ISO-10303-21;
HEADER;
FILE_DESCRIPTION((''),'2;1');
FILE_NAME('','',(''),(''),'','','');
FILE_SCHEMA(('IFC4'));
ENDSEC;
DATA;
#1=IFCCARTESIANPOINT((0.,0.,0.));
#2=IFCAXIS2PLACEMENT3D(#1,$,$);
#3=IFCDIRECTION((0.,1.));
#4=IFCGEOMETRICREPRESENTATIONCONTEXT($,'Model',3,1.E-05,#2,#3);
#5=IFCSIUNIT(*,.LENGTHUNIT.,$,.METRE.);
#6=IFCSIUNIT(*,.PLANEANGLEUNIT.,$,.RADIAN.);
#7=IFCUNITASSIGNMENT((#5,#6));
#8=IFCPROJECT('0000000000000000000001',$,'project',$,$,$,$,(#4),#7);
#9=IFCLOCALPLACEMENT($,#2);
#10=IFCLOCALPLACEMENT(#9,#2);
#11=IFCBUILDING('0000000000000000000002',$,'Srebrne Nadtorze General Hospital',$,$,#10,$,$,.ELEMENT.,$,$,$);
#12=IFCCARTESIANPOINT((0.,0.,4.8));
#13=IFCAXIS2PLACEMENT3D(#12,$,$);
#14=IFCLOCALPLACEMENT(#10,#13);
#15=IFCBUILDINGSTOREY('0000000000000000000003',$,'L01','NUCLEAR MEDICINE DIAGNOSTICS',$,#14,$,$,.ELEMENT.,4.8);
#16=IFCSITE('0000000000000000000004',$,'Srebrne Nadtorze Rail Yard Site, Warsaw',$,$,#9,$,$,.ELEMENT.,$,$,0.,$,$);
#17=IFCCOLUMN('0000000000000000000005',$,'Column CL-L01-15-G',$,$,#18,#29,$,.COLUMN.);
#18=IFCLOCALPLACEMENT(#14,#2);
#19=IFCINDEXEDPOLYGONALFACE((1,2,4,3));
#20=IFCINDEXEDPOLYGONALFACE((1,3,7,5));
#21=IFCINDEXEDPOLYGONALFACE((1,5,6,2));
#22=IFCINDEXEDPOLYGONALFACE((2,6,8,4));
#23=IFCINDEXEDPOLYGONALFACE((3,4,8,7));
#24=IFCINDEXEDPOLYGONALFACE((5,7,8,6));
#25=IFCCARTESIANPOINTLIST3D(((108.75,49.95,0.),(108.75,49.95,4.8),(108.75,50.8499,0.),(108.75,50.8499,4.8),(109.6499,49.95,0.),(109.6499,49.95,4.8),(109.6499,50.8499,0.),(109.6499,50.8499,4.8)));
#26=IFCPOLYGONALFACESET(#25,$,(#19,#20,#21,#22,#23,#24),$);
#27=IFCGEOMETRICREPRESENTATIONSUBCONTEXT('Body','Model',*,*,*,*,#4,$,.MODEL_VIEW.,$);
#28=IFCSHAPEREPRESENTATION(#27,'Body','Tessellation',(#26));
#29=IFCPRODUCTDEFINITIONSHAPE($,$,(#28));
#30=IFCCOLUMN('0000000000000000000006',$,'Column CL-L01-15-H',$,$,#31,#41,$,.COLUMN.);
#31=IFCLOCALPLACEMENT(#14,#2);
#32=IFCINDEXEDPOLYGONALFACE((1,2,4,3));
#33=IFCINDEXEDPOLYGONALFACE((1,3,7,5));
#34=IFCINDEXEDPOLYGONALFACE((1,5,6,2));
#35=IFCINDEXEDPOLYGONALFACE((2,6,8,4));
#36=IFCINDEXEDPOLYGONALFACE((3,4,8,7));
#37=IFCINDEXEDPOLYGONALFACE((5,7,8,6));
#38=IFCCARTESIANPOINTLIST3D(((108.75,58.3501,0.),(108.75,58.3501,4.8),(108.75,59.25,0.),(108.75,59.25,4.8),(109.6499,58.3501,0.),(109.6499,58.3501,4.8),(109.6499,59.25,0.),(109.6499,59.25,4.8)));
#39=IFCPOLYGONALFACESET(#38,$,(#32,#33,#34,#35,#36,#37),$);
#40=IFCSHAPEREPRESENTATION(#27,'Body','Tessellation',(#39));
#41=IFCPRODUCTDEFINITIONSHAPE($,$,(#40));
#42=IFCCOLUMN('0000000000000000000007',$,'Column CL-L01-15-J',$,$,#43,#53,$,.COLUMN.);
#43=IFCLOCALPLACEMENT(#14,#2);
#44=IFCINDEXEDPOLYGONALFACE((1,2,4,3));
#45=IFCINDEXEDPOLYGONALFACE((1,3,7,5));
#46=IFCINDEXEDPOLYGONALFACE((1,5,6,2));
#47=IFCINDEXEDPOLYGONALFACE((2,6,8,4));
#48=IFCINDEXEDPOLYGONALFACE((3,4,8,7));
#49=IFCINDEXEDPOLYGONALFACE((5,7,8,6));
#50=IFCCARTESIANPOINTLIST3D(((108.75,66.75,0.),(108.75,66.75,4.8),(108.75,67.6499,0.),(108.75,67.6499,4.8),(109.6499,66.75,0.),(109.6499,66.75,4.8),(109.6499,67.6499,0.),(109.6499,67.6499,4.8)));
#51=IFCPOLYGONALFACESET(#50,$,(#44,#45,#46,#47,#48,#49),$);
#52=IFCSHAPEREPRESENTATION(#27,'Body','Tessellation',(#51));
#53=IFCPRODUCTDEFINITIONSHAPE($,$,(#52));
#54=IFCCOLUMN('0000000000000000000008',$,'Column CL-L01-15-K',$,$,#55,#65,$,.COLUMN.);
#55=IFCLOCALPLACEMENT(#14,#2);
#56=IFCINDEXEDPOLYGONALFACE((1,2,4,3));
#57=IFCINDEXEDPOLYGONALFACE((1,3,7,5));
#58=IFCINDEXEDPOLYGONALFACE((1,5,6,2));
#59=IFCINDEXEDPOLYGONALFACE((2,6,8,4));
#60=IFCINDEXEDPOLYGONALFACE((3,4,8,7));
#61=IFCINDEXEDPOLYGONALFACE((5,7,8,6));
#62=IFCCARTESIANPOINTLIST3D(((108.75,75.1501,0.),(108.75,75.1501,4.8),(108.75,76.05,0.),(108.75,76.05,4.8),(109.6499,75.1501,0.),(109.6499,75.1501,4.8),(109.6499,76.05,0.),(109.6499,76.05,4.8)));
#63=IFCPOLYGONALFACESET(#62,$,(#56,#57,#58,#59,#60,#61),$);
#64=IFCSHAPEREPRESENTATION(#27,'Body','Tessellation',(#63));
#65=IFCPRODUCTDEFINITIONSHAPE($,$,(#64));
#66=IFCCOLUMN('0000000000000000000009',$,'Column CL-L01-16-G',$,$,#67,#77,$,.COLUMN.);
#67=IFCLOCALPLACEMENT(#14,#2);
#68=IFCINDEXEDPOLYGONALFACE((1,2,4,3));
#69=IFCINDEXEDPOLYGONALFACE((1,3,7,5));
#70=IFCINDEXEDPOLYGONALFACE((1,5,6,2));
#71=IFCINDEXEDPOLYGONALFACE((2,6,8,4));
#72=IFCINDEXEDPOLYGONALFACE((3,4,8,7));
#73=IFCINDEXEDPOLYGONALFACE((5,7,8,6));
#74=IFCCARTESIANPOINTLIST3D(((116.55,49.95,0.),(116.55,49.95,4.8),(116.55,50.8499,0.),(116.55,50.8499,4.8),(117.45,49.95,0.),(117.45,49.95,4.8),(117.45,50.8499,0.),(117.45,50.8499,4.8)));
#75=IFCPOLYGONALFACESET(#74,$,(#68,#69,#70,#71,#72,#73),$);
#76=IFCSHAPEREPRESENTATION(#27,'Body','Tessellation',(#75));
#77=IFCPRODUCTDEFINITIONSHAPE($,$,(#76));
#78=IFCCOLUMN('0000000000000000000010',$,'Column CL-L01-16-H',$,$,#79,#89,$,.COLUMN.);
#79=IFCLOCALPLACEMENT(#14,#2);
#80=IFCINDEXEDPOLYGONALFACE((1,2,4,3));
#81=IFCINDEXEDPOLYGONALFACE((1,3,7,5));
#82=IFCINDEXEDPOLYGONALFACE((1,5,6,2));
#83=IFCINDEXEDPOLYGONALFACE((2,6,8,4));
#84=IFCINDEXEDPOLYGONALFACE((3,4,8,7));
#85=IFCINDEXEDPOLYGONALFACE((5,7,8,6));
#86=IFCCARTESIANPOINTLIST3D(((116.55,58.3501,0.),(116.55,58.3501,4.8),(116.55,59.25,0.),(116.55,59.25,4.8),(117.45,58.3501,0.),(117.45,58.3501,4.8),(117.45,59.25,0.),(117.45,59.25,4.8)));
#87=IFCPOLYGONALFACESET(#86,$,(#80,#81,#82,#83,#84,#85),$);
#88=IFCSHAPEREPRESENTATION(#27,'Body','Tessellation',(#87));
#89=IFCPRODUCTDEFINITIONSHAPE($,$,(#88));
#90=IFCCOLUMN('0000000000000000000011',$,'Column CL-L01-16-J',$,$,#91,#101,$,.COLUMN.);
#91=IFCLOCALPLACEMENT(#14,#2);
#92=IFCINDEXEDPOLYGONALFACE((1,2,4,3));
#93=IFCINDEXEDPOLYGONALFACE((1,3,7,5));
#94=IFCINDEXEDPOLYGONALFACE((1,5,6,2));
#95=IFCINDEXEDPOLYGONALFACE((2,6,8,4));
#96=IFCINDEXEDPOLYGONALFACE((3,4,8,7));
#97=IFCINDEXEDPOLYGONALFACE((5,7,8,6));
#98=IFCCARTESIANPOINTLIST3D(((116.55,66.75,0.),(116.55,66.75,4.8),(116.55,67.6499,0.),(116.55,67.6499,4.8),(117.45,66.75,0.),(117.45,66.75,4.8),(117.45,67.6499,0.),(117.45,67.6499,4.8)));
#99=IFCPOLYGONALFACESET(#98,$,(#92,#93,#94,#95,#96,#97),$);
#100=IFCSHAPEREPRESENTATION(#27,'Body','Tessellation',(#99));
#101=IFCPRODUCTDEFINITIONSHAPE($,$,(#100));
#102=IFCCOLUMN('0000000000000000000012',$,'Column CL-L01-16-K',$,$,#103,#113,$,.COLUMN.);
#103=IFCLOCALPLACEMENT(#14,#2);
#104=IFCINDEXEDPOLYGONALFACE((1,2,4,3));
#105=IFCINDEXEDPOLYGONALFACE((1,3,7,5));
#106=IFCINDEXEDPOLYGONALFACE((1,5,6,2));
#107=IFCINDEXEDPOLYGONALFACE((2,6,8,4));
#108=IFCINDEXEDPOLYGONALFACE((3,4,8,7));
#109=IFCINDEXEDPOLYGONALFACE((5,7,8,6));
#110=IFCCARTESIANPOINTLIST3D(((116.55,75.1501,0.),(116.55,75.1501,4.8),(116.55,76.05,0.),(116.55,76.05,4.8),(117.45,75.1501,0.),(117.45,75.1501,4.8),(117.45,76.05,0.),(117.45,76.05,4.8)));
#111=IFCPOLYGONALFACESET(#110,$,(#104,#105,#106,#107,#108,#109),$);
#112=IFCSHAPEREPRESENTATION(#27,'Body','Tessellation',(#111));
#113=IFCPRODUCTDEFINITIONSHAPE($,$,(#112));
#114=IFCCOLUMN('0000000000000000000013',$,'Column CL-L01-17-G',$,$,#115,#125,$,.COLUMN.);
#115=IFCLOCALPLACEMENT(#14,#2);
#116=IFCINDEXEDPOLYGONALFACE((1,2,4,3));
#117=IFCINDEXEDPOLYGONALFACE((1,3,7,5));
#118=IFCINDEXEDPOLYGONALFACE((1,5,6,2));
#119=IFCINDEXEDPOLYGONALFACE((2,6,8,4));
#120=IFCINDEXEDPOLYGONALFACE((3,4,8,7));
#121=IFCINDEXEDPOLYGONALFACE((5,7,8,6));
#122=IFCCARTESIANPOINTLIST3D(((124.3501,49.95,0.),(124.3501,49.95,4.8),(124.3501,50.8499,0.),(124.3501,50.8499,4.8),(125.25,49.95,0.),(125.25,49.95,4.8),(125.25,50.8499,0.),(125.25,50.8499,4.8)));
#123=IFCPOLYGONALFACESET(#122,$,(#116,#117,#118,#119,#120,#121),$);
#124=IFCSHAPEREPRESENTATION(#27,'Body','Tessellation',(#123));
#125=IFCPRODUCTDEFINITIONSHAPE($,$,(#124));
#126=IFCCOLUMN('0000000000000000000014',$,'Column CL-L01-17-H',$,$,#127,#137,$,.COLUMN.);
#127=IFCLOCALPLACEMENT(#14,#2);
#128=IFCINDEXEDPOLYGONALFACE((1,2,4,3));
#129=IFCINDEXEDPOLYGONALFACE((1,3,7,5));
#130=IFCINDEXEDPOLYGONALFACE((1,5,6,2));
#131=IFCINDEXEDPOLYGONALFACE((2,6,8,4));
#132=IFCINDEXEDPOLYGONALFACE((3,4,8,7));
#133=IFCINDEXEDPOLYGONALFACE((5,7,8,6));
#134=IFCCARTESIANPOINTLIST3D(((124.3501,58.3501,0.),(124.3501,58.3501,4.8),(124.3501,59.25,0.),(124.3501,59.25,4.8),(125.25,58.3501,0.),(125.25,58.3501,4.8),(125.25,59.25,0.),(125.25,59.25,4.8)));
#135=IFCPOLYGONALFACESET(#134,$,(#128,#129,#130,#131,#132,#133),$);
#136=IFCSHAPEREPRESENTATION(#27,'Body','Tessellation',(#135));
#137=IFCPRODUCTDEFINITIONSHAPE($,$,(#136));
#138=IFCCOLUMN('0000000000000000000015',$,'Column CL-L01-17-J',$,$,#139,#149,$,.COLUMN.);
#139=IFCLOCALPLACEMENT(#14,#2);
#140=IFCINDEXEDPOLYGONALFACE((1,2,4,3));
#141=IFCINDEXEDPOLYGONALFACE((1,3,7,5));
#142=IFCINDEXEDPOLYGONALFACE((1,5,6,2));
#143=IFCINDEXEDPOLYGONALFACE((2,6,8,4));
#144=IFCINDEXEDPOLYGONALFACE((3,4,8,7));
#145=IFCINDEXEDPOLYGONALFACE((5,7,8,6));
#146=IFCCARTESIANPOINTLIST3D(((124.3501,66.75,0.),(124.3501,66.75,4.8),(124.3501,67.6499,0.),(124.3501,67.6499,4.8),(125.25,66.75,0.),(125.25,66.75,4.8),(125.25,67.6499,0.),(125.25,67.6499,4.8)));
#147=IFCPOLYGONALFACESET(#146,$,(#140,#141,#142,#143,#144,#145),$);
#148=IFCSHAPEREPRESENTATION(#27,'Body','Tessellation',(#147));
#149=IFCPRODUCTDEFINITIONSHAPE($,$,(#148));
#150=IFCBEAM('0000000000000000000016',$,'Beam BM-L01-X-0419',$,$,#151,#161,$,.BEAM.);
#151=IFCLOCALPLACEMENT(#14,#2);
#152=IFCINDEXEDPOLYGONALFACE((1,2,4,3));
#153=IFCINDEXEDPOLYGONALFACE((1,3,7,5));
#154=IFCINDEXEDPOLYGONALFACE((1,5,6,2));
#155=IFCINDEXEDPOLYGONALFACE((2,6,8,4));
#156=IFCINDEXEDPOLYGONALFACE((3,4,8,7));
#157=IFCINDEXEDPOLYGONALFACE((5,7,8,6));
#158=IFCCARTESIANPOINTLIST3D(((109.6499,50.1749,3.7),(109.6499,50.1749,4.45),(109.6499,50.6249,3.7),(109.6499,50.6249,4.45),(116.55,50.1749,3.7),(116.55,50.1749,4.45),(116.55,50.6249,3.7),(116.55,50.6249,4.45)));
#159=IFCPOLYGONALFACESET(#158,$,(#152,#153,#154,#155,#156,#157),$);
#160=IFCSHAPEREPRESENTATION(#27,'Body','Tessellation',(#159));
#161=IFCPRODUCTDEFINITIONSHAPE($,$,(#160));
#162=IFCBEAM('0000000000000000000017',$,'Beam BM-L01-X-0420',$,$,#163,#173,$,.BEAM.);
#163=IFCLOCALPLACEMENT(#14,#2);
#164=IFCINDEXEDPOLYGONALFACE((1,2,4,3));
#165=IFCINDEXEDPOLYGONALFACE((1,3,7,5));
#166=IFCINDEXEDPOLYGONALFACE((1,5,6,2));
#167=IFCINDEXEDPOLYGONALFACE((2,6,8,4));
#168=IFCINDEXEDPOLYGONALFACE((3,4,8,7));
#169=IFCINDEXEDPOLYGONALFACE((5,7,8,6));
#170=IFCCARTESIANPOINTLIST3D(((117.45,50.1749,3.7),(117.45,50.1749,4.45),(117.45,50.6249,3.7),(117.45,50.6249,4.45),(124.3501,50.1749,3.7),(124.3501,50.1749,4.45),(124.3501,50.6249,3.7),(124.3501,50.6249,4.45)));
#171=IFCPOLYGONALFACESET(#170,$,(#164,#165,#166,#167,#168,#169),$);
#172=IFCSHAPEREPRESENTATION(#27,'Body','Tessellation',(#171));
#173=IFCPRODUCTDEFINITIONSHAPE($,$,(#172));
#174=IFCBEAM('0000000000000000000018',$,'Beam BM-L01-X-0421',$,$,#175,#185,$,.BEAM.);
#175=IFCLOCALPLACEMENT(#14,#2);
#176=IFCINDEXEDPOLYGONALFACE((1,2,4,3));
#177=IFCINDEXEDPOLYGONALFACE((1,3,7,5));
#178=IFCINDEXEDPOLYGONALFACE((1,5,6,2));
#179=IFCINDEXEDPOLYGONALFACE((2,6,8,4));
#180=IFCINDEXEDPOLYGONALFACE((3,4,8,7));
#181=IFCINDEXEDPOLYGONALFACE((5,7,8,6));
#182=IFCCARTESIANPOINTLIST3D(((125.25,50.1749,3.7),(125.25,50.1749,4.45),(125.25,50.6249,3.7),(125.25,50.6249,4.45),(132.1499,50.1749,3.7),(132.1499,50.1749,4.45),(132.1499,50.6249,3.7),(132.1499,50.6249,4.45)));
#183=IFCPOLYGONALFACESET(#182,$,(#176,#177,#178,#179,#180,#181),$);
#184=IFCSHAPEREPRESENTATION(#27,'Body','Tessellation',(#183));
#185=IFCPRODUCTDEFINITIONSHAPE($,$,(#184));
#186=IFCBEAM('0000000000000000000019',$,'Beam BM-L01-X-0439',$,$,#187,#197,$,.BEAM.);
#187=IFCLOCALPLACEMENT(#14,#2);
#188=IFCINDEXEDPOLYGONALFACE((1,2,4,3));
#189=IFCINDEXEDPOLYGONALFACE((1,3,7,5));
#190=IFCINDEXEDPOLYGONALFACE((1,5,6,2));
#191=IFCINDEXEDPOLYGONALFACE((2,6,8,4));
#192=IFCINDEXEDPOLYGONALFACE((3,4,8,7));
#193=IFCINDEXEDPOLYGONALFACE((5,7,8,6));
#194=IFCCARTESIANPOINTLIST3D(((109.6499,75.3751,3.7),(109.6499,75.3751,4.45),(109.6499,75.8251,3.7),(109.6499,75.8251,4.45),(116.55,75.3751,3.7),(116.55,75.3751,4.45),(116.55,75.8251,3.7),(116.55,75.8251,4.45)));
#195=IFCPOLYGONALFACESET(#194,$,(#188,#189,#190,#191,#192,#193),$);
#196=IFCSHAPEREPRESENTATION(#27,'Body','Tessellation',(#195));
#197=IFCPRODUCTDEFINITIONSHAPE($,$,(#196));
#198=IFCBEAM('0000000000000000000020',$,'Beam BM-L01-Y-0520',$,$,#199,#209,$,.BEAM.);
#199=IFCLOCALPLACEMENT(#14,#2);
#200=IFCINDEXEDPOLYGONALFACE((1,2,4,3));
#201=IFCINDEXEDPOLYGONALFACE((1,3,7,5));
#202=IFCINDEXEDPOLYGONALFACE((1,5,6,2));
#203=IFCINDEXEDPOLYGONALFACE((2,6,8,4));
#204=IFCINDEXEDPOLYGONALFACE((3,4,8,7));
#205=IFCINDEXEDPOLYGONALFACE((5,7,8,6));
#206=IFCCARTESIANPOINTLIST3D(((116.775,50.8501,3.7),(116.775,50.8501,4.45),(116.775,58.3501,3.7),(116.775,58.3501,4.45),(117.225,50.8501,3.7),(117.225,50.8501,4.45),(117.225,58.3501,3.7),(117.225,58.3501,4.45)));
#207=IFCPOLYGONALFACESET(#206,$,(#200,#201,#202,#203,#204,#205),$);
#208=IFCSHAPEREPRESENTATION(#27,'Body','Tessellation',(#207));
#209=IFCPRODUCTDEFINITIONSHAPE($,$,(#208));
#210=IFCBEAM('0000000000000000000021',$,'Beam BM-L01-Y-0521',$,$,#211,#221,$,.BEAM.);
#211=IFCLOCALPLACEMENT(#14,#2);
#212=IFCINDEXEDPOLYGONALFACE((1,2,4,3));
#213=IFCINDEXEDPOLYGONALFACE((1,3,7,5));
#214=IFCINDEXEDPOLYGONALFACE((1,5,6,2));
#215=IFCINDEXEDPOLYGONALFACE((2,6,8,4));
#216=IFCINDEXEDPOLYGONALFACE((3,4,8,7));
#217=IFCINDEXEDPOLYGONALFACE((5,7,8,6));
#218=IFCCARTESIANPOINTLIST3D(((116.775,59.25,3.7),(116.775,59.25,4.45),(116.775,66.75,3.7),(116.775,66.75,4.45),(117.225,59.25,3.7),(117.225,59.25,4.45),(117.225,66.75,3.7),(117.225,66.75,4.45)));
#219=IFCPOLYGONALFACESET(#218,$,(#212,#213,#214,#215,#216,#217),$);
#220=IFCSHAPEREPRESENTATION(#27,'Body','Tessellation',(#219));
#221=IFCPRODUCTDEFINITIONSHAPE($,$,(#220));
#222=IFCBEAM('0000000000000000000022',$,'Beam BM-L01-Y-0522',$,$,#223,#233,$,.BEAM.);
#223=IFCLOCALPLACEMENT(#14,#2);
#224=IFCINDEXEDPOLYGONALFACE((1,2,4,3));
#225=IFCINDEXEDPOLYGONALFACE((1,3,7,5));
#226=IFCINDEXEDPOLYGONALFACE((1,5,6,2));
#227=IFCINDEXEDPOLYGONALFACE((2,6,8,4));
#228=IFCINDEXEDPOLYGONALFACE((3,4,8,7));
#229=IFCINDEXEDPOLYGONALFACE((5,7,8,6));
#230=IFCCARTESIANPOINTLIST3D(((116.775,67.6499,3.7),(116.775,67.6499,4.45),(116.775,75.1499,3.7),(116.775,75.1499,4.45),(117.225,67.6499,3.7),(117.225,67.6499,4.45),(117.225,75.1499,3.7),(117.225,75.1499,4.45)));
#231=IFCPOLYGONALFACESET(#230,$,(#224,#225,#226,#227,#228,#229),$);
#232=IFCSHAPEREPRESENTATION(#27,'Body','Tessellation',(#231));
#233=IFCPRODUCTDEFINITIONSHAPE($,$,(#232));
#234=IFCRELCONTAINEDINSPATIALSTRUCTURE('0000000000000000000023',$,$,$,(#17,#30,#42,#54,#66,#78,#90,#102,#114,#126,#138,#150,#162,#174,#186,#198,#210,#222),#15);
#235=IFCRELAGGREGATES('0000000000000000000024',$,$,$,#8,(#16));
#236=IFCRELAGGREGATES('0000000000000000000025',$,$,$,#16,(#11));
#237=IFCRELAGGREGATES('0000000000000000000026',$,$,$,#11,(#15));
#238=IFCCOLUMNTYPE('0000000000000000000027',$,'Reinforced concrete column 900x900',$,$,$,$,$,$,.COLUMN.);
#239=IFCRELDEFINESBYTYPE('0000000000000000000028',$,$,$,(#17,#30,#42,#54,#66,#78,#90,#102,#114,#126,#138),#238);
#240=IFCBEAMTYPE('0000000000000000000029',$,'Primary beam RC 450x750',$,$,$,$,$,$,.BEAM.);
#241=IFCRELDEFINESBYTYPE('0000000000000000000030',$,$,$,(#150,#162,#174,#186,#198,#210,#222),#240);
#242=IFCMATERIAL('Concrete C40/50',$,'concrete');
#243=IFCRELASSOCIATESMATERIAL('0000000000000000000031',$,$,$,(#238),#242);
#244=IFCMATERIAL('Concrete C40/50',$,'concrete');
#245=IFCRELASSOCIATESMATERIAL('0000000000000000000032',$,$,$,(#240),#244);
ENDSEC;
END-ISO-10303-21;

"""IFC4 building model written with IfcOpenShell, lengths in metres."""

from ifc_helpers import new_model, si_unit, direction, frame, origin, origin_2d, place, context, subcontext, project, spatial, rectangle, extrude, material, material_profile, profile_set, type_object, element, save


model = new_model("IFC4")

# Units and contexts
model_context = context("Model", 3, precision=1e-05, world=origin(), true_north=direction((0.0, 1.0)))
body_context = subcontext(model_context, "Body", "Model", "MODEL_VIEW")
ifc_project = project(units=[si_unit("LENGTHUNIT", "METRE"), si_unit("PLANEANGLEUNIT", "RADIAN")], contexts=[model_context])

# Site, building, storey
site_placement = place(None, origin())
site = spatial("IfcSite", under=ifc_project, at=site_placement, Name="Srebrne Nadtorze Rail Yard Site, Warsaw", CompositionType="ELEMENT", RefElevation=0.0)
building_placement = place(site_placement, origin())
building = spatial("IfcBuilding", under=site, at=building_placement, Name="Srebrne Nadtorze General Hospital", CompositionType="ELEMENT")
storey_placement = place(building_placement, frame((0.0, 0.0, 4.8)))
storey = spatial("IfcBuildingStorey", under=building, at=storey_placement, Name="L01", Description="NUCLEAR MEDICINE DIAGNOSTICS", CompositionType="ELEMENT", Elevation=4.8)

# Columns
ifc_material_1 = material(Name="Concrete C40/50", Category="concrete")
ifc_material_profile_1 = material_profile(ifc_material_1, rectangle(XDim=0.8999, YDim=0.8999, at=origin_2d()), Name="RC-COL-900x900")
ifc_profile_set_1 = profile_set([ifc_material_profile_1], Name="Concrete C40/50")
column_type = type_object("IfcColumnType", Name="Reinforced concrete column 900x900", PredefinedType="COLUMN", material=ifc_profile_set_1)
for number, where, z_axis, x_axis, name in (
    (1, (109.2, 50.3999, 0.0), (0.0, 0.0, 1.0), (1.0, 0.0, 0.0), "Column CL-L01-15-G"),
    (2, (109.2, 58.8, 0.0), (0.0, 0.0, 1.0), (1.0, 0.0, 0.0), "Column CL-L01-15-H"),
    (3, (109.2, 67.2, 0.0), (0.0, 0.0, 1.0), (1.0, 0.0, 0.0), "Column CL-L01-15-J"),
    (4, (109.2, 75.6001, 0.0), (0.0, 0.0, 1.0), (1.0, 0.0, 0.0), "Column CL-L01-15-K"),
    (5, (117.0, 50.3999, 0.0), (0.0, 0.0, 1.0), (1.0, 0.0, 0.0), "Column CL-L01-16-G"),
    (6, (117.0, 58.8, 0.0), (0.0, 0.0, 1.0), (1.0, 0.0, 0.0), "Column CL-L01-16-H"),
    (7, (117.0, 67.2, 0.0), (0.0, 0.0, 1.0), (1.0, 0.0, 0.0), "Column CL-L01-16-J"),
    (8, (117.0, 75.6001, 0.0), (0.0, 0.0, 1.0), (1.0, 0.0, 0.0), "Column CL-L01-16-K"),
    (9, (124.8, 50.3999, 0.0), (0.0, 0.0, 1.0), (1.0, 0.0, 0.0), "Column CL-L01-17-G"),
    (10, (124.8, 58.8, 0.0), (0.0, 0.0, 1.0), (1.0, 0.0, 0.0), "Column CL-L01-17-H"),
    (11, (124.8, 67.2, 0.0), (0.0, 0.0, 1.0), (1.0, 0.0, 0.0), "Column CL-L01-17-J"),
):
    element("IfcColumn", number, at=place(storey_placement, frame(where, z_axis=z_axis, x_axis=x_axis)), inside=storey, type_object=column_type, Name=name, PredefinedType="COLUMN", context=body_context, shape_type="SweptSolid", body=[
        extrude(rectangle(XDim=0.8999, YDim=0.8999, at=origin_2d()), origin(), (0.0, 0.0, 1.0), 4.8),
    ])

# Beams
ifc_material_2 = material(Name="Concrete C40/50", Category="concrete")
ifc_material_profile_2 = material_profile(ifc_material_2, rectangle(XDim=0.45, YDim=0.75, at=origin_2d()), Name="RC-BM-450x750")
ifc_profile_set_2 = profile_set([ifc_material_profile_2], Name="Concrete C40/50")
beam_type = type_object("IfcBeamType", Name="Primary beam RC 450x750", PredefinedType="BEAM", material=ifc_profile_set_2)
for number, where, z_axis, x_axis, name in (
    (12, (109.6499, 50.3999, 4.075), (1.0, 0.0, 0.0), (0.0, 1.0, 0.0), "Beam BM-L01-X-0419"),
    (13, (117.45, 50.3999, 4.075), (1.0, 0.0, 0.0), (0.0, 1.0, 0.0), "Beam BM-L01-X-0420"),
):
    element("IfcBeam", number, at=place(storey_placement, frame(where, z_axis=z_axis, x_axis=x_axis)), inside=storey, type_object=beam_type, Name=name, PredefinedType="BEAM", context=body_context, shape_type="SweptSolid", body=[
        extrude(rectangle(XDim=0.45, YDim=0.75, at=origin_2d()), origin(), (0.0, 0.0, 1.0), 6.9001),
    ])
beam_1_placement = place(storey_placement, frame((125.25, 50.3999, 4.075), z_axis=(1.0, 0.0, 0.0), x_axis=(0.0, 1.0, 0.0)))
element("IfcBeam", 14, at=beam_1_placement, inside=storey, type_object=beam_type, Name="Beam BM-L01-X-0421", PredefinedType="BEAM", context=body_context, shape_type="SweptSolid", body=[
    extrude(rectangle(XDim=0.45, YDim=0.75, at=origin_2d()), origin(), (0.0, 0.0, 1.0), 6.8999),
])
beam_2_placement = place(storey_placement, frame((109.6499, 75.6001, 4.075), z_axis=(1.0, 0.0, 0.0), x_axis=(0.0, 1.0, 0.0)))
element("IfcBeam", 15, at=beam_2_placement, inside=storey, type_object=beam_type, Name="Beam BM-L01-X-0439", PredefinedType="BEAM", context=body_context, shape_type="SweptSolid", body=[
    extrude(rectangle(XDim=0.45, YDim=0.75, at=origin_2d()), origin(), (0.0, 0.0, 1.0), 6.9001),
])
for number, where, z_axis, x_axis, name in (
    (16, (117.0, 50.8501, 4.075), (0.0, 1.0, 0.0), (-1.0, 0.0, 0.0), "Beam BM-L01-Y-0520"),
    (17, (117.0, 59.25, 4.075), (0.0, 1.0, 0.0), (-1.0, 0.0, 0.0), "Beam BM-L01-Y-0521"),
    (18, (117.0, 67.6499, 4.075), (0.0, 1.0, 0.0), (-1.0, 0.0, 0.0), "Beam BM-L01-Y-0522"),
):
    element("IfcBeam", number, at=place(storey_placement, frame(where, z_axis=z_axis, x_axis=x_axis)), inside=storey, type_object=beam_type, Name=name, PredefinedType="BEAM", context=body_context, shape_type="SweptSolid", body=[
        extrude(rectangle(XDim=0.45, YDim=0.75, at=origin_2d()), origin(), (0.0, 0.0, 1.0), 7.5),
    ])

save(model, "model.ifc")
